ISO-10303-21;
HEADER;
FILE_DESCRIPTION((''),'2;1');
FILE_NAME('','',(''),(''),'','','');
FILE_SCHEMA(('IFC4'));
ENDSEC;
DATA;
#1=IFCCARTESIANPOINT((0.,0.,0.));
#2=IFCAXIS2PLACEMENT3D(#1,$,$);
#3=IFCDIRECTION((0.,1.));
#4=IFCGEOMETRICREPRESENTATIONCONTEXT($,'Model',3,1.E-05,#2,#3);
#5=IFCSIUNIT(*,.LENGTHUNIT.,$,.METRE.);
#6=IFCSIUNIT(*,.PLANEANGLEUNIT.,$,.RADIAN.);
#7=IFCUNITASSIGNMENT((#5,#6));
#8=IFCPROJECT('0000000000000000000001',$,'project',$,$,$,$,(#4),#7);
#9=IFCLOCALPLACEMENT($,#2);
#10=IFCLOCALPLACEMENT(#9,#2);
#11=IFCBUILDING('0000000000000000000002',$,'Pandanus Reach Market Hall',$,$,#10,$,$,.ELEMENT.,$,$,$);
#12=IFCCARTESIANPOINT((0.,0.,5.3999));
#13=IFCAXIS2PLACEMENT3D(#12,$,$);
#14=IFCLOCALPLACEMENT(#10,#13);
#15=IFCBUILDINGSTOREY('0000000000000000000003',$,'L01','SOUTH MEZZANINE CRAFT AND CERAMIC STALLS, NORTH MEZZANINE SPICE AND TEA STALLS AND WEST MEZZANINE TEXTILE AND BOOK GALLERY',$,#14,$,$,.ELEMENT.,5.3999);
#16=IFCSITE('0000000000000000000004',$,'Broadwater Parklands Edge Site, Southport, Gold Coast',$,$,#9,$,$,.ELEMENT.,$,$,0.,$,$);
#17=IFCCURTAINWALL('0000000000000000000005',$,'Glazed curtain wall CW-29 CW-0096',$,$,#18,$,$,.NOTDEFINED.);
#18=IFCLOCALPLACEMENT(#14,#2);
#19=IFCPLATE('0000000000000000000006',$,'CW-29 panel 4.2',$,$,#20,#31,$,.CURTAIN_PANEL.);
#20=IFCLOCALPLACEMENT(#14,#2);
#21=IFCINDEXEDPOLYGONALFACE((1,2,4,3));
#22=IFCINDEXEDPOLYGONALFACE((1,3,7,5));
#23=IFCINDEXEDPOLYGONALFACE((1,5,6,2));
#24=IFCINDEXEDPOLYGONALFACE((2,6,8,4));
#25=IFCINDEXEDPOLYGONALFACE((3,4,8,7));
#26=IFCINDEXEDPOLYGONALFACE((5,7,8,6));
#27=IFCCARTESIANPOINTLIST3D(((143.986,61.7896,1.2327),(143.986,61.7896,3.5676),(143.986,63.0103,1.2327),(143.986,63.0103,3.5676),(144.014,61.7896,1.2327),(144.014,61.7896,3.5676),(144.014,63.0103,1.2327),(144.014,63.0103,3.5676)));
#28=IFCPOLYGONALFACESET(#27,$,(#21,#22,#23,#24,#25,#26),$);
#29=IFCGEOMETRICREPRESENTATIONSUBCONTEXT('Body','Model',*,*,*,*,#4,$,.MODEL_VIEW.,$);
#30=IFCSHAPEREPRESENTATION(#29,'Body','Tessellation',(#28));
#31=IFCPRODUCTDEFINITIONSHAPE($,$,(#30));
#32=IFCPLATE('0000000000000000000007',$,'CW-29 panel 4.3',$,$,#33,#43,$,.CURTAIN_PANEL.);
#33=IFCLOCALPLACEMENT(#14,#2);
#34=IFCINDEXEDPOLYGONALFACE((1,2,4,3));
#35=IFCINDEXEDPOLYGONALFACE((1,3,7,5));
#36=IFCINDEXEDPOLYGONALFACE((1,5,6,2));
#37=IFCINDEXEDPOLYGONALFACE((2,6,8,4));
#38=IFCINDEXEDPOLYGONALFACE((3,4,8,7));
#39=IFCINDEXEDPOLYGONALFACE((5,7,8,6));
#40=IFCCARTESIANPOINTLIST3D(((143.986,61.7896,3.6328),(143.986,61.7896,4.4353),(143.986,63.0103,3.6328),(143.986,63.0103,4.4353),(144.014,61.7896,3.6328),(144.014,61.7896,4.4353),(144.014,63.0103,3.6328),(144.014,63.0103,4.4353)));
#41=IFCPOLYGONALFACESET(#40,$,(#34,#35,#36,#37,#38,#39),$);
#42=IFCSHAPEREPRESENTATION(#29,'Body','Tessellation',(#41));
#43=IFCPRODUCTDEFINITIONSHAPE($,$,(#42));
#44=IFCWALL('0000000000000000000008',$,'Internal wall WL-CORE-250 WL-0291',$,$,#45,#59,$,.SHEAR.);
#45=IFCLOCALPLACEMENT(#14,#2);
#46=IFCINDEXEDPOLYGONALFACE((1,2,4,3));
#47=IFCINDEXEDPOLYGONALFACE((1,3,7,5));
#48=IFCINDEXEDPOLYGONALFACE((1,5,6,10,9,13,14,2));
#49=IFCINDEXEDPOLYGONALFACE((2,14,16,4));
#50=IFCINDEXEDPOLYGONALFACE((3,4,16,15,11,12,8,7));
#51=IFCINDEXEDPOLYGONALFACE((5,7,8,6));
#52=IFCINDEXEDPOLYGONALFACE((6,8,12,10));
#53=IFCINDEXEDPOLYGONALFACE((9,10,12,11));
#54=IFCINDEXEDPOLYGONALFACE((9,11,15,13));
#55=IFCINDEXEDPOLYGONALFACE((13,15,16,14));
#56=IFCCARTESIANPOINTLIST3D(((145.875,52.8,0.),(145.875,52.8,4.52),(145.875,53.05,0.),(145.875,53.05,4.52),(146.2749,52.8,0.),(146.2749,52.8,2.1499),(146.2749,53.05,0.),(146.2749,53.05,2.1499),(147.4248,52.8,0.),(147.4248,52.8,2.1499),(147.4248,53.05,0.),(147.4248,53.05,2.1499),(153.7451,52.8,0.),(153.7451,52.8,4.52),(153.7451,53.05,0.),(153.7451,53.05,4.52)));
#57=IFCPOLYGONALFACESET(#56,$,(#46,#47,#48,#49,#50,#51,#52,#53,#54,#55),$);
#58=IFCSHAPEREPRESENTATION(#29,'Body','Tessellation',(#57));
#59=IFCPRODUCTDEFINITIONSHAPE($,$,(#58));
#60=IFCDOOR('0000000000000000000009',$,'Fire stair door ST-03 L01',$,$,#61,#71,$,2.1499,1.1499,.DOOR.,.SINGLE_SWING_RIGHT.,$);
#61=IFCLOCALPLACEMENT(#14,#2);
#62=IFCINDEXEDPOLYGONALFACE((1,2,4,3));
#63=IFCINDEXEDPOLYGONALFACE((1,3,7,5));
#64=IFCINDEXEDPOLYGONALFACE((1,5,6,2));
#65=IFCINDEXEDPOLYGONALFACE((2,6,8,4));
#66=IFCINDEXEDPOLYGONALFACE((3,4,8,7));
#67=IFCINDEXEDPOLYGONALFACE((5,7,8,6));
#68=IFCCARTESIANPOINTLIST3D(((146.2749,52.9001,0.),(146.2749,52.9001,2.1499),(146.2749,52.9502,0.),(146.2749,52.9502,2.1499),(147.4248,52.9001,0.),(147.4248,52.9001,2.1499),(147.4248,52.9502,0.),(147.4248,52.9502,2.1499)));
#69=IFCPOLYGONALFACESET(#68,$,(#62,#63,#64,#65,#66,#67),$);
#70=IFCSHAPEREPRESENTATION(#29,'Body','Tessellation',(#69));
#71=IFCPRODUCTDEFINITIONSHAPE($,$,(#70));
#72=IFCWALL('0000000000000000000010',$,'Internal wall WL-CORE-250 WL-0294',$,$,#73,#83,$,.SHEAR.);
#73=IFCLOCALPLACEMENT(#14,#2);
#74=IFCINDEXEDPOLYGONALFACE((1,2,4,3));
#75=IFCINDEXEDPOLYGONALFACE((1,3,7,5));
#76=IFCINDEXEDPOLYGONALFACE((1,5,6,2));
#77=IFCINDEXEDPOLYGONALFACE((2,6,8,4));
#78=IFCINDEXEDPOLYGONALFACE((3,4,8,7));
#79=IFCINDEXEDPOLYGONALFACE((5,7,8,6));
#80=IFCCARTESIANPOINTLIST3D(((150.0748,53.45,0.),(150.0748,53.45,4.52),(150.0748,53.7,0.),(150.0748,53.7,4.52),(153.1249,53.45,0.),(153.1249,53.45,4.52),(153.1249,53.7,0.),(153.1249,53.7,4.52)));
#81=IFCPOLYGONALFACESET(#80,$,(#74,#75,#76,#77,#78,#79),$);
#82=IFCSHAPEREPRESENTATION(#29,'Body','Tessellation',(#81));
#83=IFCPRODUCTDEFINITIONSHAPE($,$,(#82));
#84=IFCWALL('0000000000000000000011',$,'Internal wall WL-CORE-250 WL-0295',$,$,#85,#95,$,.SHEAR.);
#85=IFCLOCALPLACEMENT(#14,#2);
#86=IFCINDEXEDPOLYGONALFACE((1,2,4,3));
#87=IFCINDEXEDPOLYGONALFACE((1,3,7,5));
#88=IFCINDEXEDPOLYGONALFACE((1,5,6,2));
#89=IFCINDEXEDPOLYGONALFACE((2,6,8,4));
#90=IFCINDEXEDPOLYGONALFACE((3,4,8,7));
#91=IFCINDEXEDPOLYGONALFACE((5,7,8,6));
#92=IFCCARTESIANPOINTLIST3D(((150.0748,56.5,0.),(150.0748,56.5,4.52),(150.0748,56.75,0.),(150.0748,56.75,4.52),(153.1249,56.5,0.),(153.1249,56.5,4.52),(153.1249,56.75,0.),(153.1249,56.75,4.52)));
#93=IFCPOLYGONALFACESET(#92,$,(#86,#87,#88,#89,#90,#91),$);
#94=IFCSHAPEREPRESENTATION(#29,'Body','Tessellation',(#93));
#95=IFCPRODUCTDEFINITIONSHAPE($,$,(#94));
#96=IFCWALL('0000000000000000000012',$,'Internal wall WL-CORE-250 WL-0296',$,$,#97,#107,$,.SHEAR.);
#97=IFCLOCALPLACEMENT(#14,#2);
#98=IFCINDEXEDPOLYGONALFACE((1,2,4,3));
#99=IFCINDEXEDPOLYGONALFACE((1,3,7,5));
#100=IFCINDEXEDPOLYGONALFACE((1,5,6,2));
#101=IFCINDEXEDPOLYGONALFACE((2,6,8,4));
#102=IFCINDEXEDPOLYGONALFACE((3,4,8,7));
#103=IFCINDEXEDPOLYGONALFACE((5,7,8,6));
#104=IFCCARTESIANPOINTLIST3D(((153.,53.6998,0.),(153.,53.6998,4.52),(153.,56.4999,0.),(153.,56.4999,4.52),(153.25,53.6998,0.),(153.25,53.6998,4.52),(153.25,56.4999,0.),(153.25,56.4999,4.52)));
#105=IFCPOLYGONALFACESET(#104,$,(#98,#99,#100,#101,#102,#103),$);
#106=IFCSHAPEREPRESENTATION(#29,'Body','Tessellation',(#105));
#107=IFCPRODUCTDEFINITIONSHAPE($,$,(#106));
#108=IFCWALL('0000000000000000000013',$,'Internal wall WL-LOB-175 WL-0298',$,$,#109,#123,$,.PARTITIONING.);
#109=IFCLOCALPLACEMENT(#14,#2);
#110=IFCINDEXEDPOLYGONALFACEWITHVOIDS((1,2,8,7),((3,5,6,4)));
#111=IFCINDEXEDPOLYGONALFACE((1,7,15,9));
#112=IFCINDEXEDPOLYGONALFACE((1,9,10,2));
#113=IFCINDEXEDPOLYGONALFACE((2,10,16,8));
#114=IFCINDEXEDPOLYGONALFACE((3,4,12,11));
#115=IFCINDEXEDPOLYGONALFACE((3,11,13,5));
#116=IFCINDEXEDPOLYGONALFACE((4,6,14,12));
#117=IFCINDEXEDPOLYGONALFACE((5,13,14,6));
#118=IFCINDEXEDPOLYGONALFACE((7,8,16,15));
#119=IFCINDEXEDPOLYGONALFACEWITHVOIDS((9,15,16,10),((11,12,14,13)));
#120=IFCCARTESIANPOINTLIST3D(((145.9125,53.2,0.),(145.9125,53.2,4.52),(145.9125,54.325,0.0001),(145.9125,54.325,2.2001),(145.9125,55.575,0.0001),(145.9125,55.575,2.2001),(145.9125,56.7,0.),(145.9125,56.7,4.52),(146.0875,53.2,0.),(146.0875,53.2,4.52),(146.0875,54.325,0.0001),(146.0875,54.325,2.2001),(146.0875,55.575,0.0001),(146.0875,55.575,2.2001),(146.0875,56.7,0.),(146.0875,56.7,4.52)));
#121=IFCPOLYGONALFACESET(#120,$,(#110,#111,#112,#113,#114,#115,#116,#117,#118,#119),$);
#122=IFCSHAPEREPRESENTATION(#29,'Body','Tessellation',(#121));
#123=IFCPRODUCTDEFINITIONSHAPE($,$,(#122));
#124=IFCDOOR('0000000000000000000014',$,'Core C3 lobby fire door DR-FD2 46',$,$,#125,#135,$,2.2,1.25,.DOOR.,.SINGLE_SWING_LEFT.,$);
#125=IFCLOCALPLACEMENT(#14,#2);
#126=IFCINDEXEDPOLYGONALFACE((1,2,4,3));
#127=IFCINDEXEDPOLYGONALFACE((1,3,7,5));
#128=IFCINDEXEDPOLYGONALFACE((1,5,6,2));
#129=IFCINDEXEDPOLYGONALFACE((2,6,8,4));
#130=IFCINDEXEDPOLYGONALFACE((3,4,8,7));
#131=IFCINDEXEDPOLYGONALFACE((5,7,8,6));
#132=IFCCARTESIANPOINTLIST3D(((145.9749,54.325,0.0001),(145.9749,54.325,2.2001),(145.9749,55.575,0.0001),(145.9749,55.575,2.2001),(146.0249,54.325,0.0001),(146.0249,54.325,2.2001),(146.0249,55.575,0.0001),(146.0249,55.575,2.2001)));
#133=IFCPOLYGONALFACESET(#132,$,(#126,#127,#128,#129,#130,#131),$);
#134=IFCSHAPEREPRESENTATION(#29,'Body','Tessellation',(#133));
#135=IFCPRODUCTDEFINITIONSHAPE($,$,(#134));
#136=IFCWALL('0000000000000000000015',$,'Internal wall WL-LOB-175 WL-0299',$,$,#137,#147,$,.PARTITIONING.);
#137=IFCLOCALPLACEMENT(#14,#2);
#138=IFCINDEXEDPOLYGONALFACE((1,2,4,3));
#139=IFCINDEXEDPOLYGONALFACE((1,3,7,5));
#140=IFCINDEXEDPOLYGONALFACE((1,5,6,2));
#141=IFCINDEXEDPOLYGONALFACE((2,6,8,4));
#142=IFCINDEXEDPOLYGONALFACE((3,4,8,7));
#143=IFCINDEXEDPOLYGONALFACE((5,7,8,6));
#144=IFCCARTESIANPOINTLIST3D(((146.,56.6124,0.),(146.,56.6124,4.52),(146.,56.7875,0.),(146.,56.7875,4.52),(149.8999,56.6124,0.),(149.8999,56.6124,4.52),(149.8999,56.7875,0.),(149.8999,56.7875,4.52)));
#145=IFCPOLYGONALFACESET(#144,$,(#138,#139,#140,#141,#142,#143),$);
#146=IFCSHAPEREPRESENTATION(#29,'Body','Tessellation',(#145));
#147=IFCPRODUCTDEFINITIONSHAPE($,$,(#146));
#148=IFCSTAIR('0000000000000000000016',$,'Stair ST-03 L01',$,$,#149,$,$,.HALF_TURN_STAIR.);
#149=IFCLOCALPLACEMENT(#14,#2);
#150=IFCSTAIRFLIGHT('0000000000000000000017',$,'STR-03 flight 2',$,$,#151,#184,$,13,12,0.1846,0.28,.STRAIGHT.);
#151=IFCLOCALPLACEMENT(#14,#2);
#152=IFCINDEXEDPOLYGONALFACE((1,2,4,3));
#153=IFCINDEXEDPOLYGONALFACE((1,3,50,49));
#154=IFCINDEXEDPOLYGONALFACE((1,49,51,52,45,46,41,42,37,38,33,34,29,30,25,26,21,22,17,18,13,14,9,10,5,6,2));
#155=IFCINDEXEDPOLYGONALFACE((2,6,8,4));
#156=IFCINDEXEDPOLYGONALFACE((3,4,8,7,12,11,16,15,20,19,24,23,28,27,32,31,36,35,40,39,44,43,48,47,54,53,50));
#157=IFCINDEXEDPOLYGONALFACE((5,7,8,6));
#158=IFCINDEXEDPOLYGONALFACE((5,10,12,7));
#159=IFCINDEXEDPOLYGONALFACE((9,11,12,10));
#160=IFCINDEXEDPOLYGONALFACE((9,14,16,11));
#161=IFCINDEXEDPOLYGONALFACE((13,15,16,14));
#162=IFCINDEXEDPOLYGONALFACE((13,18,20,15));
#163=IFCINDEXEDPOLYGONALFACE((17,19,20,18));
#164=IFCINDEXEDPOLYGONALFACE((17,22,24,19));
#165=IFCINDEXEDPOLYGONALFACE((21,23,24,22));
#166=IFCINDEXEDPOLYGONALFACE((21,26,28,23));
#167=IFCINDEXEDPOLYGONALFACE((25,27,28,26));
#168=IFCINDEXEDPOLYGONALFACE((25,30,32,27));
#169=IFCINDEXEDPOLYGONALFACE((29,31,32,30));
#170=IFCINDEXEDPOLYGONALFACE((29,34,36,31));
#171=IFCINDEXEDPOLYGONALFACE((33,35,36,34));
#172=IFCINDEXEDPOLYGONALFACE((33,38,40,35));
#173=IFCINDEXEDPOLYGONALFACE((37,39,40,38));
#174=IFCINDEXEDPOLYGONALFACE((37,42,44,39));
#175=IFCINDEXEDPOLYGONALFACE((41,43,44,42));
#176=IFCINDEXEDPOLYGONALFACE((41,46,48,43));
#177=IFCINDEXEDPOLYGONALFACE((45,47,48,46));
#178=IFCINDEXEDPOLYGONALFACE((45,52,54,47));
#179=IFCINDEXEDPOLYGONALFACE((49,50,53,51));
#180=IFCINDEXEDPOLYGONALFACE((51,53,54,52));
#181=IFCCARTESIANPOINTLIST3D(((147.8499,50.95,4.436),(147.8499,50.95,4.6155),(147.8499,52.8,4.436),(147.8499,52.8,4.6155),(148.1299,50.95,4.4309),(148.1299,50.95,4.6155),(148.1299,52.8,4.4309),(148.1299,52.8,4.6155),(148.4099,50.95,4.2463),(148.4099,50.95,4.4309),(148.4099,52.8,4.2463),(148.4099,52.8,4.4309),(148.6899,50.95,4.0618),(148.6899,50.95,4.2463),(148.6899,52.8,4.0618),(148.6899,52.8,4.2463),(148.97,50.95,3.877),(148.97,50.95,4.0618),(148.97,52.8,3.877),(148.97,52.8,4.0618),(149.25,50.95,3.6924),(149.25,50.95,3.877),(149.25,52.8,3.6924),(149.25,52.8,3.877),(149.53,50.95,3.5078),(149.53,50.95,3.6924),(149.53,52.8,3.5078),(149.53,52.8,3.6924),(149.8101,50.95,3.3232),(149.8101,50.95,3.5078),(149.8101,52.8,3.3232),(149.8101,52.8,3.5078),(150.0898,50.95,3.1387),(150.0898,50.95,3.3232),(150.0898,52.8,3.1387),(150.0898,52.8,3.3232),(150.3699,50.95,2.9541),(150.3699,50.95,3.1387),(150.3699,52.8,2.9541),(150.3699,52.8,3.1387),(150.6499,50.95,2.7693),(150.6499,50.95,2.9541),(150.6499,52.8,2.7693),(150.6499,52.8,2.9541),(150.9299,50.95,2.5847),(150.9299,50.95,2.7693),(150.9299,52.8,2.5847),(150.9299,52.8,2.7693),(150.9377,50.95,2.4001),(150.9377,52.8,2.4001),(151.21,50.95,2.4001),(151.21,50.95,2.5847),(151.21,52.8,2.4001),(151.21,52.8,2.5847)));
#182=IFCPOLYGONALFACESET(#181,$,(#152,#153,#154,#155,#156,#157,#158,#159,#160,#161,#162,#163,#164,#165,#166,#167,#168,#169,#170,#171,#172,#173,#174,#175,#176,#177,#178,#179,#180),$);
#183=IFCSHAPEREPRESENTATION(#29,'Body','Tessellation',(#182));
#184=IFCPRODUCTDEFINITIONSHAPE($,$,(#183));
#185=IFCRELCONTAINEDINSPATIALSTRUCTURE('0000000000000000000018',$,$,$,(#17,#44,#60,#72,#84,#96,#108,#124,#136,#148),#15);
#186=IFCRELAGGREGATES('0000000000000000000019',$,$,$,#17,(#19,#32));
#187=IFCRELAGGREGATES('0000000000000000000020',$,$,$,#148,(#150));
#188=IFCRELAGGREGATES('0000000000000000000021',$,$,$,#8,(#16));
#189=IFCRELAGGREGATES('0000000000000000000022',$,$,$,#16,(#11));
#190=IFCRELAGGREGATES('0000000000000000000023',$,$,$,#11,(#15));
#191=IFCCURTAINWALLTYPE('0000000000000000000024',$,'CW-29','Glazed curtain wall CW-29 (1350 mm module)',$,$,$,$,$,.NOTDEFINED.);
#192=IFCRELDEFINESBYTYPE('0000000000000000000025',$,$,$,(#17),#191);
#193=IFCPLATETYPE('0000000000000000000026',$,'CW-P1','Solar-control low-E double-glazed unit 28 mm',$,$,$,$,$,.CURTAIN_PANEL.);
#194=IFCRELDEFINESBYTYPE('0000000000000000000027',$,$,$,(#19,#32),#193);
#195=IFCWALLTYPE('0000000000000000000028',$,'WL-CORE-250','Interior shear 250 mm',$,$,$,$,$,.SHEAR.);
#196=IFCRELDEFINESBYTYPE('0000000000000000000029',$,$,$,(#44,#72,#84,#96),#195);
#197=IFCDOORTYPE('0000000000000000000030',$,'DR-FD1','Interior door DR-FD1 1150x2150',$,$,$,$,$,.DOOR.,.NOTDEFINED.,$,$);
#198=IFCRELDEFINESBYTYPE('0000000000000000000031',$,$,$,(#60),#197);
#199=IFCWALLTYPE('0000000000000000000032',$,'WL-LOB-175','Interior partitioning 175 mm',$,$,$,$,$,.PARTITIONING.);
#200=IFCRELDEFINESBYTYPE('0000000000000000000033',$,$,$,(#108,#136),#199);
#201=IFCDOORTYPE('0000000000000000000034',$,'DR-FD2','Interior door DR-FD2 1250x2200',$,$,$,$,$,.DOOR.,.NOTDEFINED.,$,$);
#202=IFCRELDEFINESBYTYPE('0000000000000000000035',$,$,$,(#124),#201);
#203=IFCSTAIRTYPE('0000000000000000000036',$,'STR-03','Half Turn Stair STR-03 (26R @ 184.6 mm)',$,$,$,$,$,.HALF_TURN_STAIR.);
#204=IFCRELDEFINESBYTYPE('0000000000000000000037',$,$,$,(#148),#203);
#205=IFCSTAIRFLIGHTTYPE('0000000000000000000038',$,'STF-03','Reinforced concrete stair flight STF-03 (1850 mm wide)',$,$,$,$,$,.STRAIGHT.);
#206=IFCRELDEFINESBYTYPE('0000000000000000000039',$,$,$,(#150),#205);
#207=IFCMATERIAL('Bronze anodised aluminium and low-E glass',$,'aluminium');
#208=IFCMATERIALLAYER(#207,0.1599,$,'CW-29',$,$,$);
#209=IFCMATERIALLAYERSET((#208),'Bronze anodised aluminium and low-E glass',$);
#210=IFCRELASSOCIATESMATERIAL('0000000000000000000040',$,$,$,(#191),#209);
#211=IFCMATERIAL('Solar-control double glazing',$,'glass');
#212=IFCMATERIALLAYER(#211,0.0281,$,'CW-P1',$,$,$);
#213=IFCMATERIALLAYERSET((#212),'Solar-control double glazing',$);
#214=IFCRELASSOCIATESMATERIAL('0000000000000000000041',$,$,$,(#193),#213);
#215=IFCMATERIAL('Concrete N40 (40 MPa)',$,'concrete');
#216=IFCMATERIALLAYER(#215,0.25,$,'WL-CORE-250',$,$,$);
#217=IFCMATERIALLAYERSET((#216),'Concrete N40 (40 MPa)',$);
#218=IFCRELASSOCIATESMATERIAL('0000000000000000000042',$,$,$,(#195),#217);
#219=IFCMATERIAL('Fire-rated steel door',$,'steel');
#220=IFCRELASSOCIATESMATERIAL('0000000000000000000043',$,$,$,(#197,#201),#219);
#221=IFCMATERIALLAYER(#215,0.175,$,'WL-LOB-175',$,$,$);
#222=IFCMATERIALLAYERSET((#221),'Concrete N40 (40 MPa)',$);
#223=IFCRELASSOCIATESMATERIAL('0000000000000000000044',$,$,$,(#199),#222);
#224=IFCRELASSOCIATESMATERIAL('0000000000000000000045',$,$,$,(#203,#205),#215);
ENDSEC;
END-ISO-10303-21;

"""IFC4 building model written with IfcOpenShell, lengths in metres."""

from ifc_helpers import new_model, si_unit, direction, frame, frame_2d, origin, origin_2d, place, context, subcontext, project, spatial, polyline, rectangle, outline, extrude, material, layer, layer_set, type_object, element, fill, aggregate, save


model = new_model("IFC4")

# Units and contexts
model_context = context("Model", 3, precision=1e-05, world=origin(), true_north=direction((0.0, 1.0)))
body_context = subcontext(model_context, "Body", "Model", "MODEL_VIEW")
ifc_project = project(units=[si_unit("LENGTHUNIT", "METRE"), si_unit("PLANEANGLEUNIT", "RADIAN")], contexts=[model_context])

# Site, building, storey
site_placement = place(None, origin())
site = spatial("IfcSite", under=ifc_project, at=site_placement, Name="Broadwater Parklands Edge Site, Southport, Gold Coast", CompositionType="ELEMENT", RefElevation=0.0)
building_placement = place(site_placement, origin())
building = spatial("IfcBuilding", under=site, at=building_placement, Name="Pandanus Reach Market Hall", CompositionType="ELEMENT")
storey_placement = place(building_placement, frame((0.0, 0.0, 5.3999)))
storey = spatial("IfcBuildingStorey", under=building, at=storey_placement, Name="L01", Description="SOUTH MEZZANINE CRAFT AND CERAMIC STALLS, NORTH MEZZANINE SPICE AND TEA STALLS AND WEST MEZZANINE TEXTILE AND BOOK GALLERY", CompositionType="ELEMENT", Elevation=5.3999)

# Shared definitions
ifc_material_1 = material(Name="Concrete N40 (40 MPa)", Category="concrete")

# Curtain wall
ifc_material_2 = material(Name="Bronze anodised aluminium and low-E glass", Category="aluminium")
ifc_layer_1 = layer(ifc_material_2, 0.1599, Name="CW-29")
ifc_layer_set_1 = layer_set([ifc_layer_1], Name="Bronze anodised aluminium and low-E glass")
curtain_wall_type = type_object("IfcCurtainWallType", Name="CW-29", Description="Glazed curtain wall CW-29 (1350 mm module)", PredefinedType="NOTDEFINED", material=ifc_layer_set_1)
curtain_wall_placement = place(storey_placement, origin())
curtain_wall = element("IfcCurtainWall", 1, at=curtain_wall_placement, inside=storey, type_object=curtain_wall_type, Name="Glazed curtain wall CW-29 CW-0096", PredefinedType="NOTDEFINED")

# Plates
ifc_material_3 = material(Name="Solar-control double glazing", Category="glass")
ifc_layer_2 = layer(ifc_material_3, 0.0281, Name="CW-P1")
ifc_layer_set_2 = layer_set([ifc_layer_2], Name="Solar-control double glazing")
plate_type = type_object("IfcPlateType", Name="CW-P1", Description="Solar-control low-E double-glazed unit 28 mm", PredefinedType="CURTAIN_PANEL", material=ifc_layer_set_2)
plate_1_placement = place(storey_placement, frame((144.0, 62.3999, 1.2327), z_axis=(0.0, 0.0, 1.0), x_axis=(0.0, 1.0, 0.0)))
plate_1 = element("IfcPlate", 2, at=plate_1_placement, type_object=plate_type, Name="CW-29 panel 4.2", PredefinedType="CURTAIN_PANEL", context=body_context, shape_type="SweptSolid", body=[
    extrude(rectangle(XDim=1.2207, YDim=0.0281, at=origin_2d()), origin(), (0.0, 0.0, 1.0), 2.335),
])
plate_2_placement = place(storey_placement, frame((144.0, 62.3999, 3.6328), z_axis=(0.0, 0.0, 1.0), x_axis=(0.0, 1.0, 0.0)))
plate_2 = element("IfcPlate", 3, at=plate_2_placement, type_object=plate_type, Name="CW-29 panel 4.3", PredefinedType="CURTAIN_PANEL", context=body_context, shape_type="SweptSolid", body=[
    extrude(rectangle(XDim=1.2207, YDim=0.0281, at=origin_2d()), origin(), (0.0, 0.0, 1.0), 0.8025),
])
aggregate(curtain_wall, [plate_1, plate_2])

# Wall, opening, door
ifc_layer_3 = layer(ifc_material_1, 0.25, Name="WL-CORE-250")
ifc_layer_set_3 = layer_set([ifc_layer_3], Name="Concrete N40 (40 MPa)")
wall_type_1 = type_object("IfcWallType", Name="WL-CORE-250", Description="Interior shear 250 mm", PredefinedType="SHEAR", material=ifc_layer_set_3)
wall_1_placement = place(storey_placement, frame((145.875, 52.925, 0.0), z_axis=(0.0, 0.0, 1.0), x_axis=(1.0, 0.0, 0.0)))
wall_1 = element("IfcWall", 4, at=wall_1_placement, inside=storey, type_object=wall_type_1, Name="Internal wall WL-CORE-250 WL-0291", PredefinedType="SHEAR", context=body_context, shape_type="SweptSolid", body=[
    extrude(rectangle(XDim=7.8701, YDim=0.25, at=frame_2d((3.9351, 0.0))), origin(), (0.0, 0.0, 1.0), 4.52),
])
opening_1_placement = place(wall_1_placement, frame((0.3999, 0.0, 0.0)))
opening_1 = element("IfcOpeningElement", 5, at=opening_1_placement, cuts=wall_1, PredefinedType="OPENING", context=body_context, shape_type="SweptSolid", body=[
    extrude(rectangle(XDim=1.1499, YDim=2.1499, at=frame_2d((0.575, 1.075))), frame((0.0, 0.1399, 0.0), z_axis=(0.0, -1.0, 0.0), x_axis=(1.0, 0.0, 0.0)), (0.0, 0.0, 1.0), 0.28),
])
ifc_material_4 = material(Name="Fire-rated steel door", Category="steel")
door_type_1 = type_object("IfcDoorType", Name="DR-FD1", Description="Interior door DR-FD1 1150x2150", OperationType="NOTDEFINED", PredefinedType="DOOR", material=ifc_material_4)
door_1_placement = place(opening_1_placement, frame((1.1499, 0.0, 0.0), z_axis=(0.0, 0.0, 1.0), x_axis=(-1.0, 0.0, 0.0)))
door_1 = element("IfcDoor", 6, at=door_1_placement, inside=storey, type_object=door_type_1, Name="Fire stair door ST-03 L01", OperationType="SINGLE_SWING_RIGHT", OverallHeight=2.1499, OverallWidth=1.1499, PredefinedType="DOOR", context=body_context, shape_type="SweptSolid", body=[
    extrude(rectangle(XDim=1.1499, YDim=2.1499, at=frame_2d((0.575, 1.075))), frame((0.0, 0.0249, 0.0), z_axis=(0.0, -1.0, 0.0), x_axis=(1.0, 0.0, 0.0)), (0.0, 0.0, 1.0), 0.05),
])
fill(opening_1, door_1)

# Walls
for number, where, z_axis, x_axis, name in (
    (7, (150.075, 53.575, 0.0), (0.0, 0.0, 1.0), (1.0, 0.0, 0.0), "Internal wall WL-CORE-250 WL-0294"),
    (8, (150.075, 56.625, 0.0), (0.0, 0.0, 1.0), (1.0, 0.0, 0.0), "Internal wall WL-CORE-250 WL-0295"),
):
    element("IfcWall", number, at=place(storey_placement, frame(where, z_axis=z_axis, x_axis=x_axis)), inside=storey, type_object=wall_type_1, Name=name, PredefinedType="SHEAR", context=body_context, shape_type="SweptSolid", body=[
        extrude(rectangle(XDim=3.05, YDim=0.25, at=frame_2d((1.5249, 0.0))), origin(), (0.0, 0.0, 1.0), 4.52),
    ])
wall_2_placement = place(storey_placement, frame((153.125, 53.7, 0.0), z_axis=(0.0, 0.0, 1.0), x_axis=(0.0, 1.0, 0.0)))
element("IfcWall", 9, at=wall_2_placement, inside=storey, type_object=wall_type_1, Name="Internal wall WL-CORE-250 WL-0296", PredefinedType="SHEAR", context=body_context, shape_type="SweptSolid", body=[
    extrude(rectangle(XDim=2.8, YDim=0.25, at=frame_2d((1.3999, 0.0))), origin(), (0.0, 0.0, 1.0), 4.52),
])

# Wall, opening, door
ifc_layer_4 = layer(ifc_material_1, 0.175, Name="WL-LOB-175")
ifc_layer_set_4 = layer_set([ifc_layer_4], Name="Concrete N40 (40 MPa)")
wall_type_2 = type_object("IfcWallType", Name="WL-LOB-175", Description="Interior partitioning 175 mm", PredefinedType="PARTITIONING", material=ifc_layer_set_4)
wall_3_placement = place(storey_placement, frame((146.0, 53.2, 0.0), z_axis=(0.0, 0.0, 1.0), x_axis=(0.0, 1.0, 0.0)))
wall_3 = element("IfcWall", 10, at=wall_3_placement, inside=storey, type_object=wall_type_2, Name="Internal wall WL-LOB-175 WL-0298", PredefinedType="PARTITIONING", context=body_context, shape_type="SweptSolid", body=[
    extrude(rectangle(XDim=3.5, YDim=0.175, at=frame_2d((1.75, 0.0))), origin(), (0.0, 0.0, 1.0), 4.52),
])
opening_2_placement = place(wall_3_placement, frame((1.125, 0.0, 0.0)))
opening_2 = element("IfcOpeningElement", 11, at=opening_2_placement, cuts=wall_3, PredefinedType="OPENING", context=body_context, shape_type="SweptSolid", body=[
    extrude(rectangle(XDim=1.25, YDim=2.2, at=frame_2d((0.625, 1.1001))), frame((0.0, 0.1025, 0.0), z_axis=(0.0, -1.0, 0.0), x_axis=(1.0, 0.0, 0.0)), (0.0, 0.0, 1.0), 0.2051),
])
door_type_2 = type_object("IfcDoorType", Name="DR-FD2", Description="Interior door DR-FD2 1250x2200", OperationType="NOTDEFINED", PredefinedType="DOOR", material=ifc_material_4)
door_2_placement = place(opening_2_placement, frame((1.25, 0.0, 0.0), z_axis=(0.0, 0.0, 1.0), x_axis=(-1.0, 0.0, 0.0)))
door_2 = element("IfcDoor", 12, at=door_2_placement, inside=storey, type_object=door_type_2, Name="Core C3 lobby fire door DR-FD2 46", OperationType="SINGLE_SWING_LEFT", OverallHeight=2.2, OverallWidth=1.25, PredefinedType="DOOR", context=body_context, shape_type="SweptSolid", body=[
    extrude(rectangle(XDim=1.25, YDim=2.2, at=frame_2d((0.625, 1.1001))), frame((0.0, 0.0249, 0.0), z_axis=(0.0, -1.0, 0.0), x_axis=(1.0, 0.0, 0.0)), (0.0, 0.0, 1.0), 0.05),
])
fill(opening_2, door_2)

# Wall
wall_4_placement = place(storey_placement, frame((146.0, 56.7, 0.0), z_axis=(0.0, 0.0, 1.0), x_axis=(1.0, 0.0, 0.0)))
element("IfcWall", 13, at=wall_4_placement, inside=storey, type_object=wall_type_2, Name="Internal wall WL-LOB-175 WL-0299", PredefinedType="PARTITIONING", context=body_context, shape_type="SweptSolid", body=[
    extrude(rectangle(XDim=3.8999, YDim=0.175, at=frame_2d((1.95, 0.0))), origin(), (0.0, 0.0, 1.0), 4.52),
])

# Stair, stair flight
stair_type = type_object("IfcStairType", Name="STR-03", Description="Half Turn Stair STR-03 (26R @ 184.6 mm)", PredefinedType="HALF_TURN_STAIR", material=ifc_material_1)
stair_placement = place(storey_placement, origin())
stair = element("IfcStair", 14, at=stair_placement, inside=storey, type_object=stair_type, Name="Stair ST-03 L01", PredefinedType="HALF_TURN_STAIR")
stair_flight_type = type_object("IfcStairFlightType", Name="STF-03", Description="Reinforced concrete stair flight STF-03 (1850 mm wide)", PredefinedType="STRAIGHT", material=ifc_material_1)
stair_flight_placement = place(storey_placement, frame((151.21, 51.875, 2.4001), z_axis=(0.0, 0.0, 1.0), x_axis=(-1.0, 0.0, 0.0)))
stair_flight = element("IfcStairFlight", 15, at=stair_flight_placement, type_object=stair_flight_type, Name="STR-03 flight 2", NumberOfRisers=13, NumberOfTreads=12, PredefinedType="STRAIGHT", RiserHeight=0.1846, TreadLength=0.28, context=body_context, shape_type="SweptSolid", body=[
    extrude(outline(polyline([(0.0, 0.0), (0.0, 0.1846), (0.28, 0.1846), (0.28, 0.3691), (0.5601, 0.3691), (0.5601, 0.554), (0.8401, 0.554), (0.8401, 0.7385), (1.1201, 0.7385), (1.1201, 0.9231), (1.3999, 0.9231), (1.3999, 1.1077), (1.6799, 1.1077), (1.6799, 1.2922), (1.96, 1.2922), (1.96, 1.4768), (2.24, 1.4768), (2.24, 1.6616), (2.52, 1.6616), (2.52, 1.8462), (2.8, 1.8462), (2.8, 2.0308), (3.0801, 2.0308), (3.0801, 2.2153), (3.3601, 2.2153), (3.3601, 2.3999), (3.3601, 2.0359), (0.2722, 0.0), (0.0, 0.0)])), frame((0.0, 0.925, 0.0), z_axis=(0.0, -1.0, 0.0), x_axis=(1.0, 0.0, 0.0)), (0.0, 0.0, 1.0), 1.8501),
])
aggregate(stair, [stair_flight])

save(model, "model.ifc")
